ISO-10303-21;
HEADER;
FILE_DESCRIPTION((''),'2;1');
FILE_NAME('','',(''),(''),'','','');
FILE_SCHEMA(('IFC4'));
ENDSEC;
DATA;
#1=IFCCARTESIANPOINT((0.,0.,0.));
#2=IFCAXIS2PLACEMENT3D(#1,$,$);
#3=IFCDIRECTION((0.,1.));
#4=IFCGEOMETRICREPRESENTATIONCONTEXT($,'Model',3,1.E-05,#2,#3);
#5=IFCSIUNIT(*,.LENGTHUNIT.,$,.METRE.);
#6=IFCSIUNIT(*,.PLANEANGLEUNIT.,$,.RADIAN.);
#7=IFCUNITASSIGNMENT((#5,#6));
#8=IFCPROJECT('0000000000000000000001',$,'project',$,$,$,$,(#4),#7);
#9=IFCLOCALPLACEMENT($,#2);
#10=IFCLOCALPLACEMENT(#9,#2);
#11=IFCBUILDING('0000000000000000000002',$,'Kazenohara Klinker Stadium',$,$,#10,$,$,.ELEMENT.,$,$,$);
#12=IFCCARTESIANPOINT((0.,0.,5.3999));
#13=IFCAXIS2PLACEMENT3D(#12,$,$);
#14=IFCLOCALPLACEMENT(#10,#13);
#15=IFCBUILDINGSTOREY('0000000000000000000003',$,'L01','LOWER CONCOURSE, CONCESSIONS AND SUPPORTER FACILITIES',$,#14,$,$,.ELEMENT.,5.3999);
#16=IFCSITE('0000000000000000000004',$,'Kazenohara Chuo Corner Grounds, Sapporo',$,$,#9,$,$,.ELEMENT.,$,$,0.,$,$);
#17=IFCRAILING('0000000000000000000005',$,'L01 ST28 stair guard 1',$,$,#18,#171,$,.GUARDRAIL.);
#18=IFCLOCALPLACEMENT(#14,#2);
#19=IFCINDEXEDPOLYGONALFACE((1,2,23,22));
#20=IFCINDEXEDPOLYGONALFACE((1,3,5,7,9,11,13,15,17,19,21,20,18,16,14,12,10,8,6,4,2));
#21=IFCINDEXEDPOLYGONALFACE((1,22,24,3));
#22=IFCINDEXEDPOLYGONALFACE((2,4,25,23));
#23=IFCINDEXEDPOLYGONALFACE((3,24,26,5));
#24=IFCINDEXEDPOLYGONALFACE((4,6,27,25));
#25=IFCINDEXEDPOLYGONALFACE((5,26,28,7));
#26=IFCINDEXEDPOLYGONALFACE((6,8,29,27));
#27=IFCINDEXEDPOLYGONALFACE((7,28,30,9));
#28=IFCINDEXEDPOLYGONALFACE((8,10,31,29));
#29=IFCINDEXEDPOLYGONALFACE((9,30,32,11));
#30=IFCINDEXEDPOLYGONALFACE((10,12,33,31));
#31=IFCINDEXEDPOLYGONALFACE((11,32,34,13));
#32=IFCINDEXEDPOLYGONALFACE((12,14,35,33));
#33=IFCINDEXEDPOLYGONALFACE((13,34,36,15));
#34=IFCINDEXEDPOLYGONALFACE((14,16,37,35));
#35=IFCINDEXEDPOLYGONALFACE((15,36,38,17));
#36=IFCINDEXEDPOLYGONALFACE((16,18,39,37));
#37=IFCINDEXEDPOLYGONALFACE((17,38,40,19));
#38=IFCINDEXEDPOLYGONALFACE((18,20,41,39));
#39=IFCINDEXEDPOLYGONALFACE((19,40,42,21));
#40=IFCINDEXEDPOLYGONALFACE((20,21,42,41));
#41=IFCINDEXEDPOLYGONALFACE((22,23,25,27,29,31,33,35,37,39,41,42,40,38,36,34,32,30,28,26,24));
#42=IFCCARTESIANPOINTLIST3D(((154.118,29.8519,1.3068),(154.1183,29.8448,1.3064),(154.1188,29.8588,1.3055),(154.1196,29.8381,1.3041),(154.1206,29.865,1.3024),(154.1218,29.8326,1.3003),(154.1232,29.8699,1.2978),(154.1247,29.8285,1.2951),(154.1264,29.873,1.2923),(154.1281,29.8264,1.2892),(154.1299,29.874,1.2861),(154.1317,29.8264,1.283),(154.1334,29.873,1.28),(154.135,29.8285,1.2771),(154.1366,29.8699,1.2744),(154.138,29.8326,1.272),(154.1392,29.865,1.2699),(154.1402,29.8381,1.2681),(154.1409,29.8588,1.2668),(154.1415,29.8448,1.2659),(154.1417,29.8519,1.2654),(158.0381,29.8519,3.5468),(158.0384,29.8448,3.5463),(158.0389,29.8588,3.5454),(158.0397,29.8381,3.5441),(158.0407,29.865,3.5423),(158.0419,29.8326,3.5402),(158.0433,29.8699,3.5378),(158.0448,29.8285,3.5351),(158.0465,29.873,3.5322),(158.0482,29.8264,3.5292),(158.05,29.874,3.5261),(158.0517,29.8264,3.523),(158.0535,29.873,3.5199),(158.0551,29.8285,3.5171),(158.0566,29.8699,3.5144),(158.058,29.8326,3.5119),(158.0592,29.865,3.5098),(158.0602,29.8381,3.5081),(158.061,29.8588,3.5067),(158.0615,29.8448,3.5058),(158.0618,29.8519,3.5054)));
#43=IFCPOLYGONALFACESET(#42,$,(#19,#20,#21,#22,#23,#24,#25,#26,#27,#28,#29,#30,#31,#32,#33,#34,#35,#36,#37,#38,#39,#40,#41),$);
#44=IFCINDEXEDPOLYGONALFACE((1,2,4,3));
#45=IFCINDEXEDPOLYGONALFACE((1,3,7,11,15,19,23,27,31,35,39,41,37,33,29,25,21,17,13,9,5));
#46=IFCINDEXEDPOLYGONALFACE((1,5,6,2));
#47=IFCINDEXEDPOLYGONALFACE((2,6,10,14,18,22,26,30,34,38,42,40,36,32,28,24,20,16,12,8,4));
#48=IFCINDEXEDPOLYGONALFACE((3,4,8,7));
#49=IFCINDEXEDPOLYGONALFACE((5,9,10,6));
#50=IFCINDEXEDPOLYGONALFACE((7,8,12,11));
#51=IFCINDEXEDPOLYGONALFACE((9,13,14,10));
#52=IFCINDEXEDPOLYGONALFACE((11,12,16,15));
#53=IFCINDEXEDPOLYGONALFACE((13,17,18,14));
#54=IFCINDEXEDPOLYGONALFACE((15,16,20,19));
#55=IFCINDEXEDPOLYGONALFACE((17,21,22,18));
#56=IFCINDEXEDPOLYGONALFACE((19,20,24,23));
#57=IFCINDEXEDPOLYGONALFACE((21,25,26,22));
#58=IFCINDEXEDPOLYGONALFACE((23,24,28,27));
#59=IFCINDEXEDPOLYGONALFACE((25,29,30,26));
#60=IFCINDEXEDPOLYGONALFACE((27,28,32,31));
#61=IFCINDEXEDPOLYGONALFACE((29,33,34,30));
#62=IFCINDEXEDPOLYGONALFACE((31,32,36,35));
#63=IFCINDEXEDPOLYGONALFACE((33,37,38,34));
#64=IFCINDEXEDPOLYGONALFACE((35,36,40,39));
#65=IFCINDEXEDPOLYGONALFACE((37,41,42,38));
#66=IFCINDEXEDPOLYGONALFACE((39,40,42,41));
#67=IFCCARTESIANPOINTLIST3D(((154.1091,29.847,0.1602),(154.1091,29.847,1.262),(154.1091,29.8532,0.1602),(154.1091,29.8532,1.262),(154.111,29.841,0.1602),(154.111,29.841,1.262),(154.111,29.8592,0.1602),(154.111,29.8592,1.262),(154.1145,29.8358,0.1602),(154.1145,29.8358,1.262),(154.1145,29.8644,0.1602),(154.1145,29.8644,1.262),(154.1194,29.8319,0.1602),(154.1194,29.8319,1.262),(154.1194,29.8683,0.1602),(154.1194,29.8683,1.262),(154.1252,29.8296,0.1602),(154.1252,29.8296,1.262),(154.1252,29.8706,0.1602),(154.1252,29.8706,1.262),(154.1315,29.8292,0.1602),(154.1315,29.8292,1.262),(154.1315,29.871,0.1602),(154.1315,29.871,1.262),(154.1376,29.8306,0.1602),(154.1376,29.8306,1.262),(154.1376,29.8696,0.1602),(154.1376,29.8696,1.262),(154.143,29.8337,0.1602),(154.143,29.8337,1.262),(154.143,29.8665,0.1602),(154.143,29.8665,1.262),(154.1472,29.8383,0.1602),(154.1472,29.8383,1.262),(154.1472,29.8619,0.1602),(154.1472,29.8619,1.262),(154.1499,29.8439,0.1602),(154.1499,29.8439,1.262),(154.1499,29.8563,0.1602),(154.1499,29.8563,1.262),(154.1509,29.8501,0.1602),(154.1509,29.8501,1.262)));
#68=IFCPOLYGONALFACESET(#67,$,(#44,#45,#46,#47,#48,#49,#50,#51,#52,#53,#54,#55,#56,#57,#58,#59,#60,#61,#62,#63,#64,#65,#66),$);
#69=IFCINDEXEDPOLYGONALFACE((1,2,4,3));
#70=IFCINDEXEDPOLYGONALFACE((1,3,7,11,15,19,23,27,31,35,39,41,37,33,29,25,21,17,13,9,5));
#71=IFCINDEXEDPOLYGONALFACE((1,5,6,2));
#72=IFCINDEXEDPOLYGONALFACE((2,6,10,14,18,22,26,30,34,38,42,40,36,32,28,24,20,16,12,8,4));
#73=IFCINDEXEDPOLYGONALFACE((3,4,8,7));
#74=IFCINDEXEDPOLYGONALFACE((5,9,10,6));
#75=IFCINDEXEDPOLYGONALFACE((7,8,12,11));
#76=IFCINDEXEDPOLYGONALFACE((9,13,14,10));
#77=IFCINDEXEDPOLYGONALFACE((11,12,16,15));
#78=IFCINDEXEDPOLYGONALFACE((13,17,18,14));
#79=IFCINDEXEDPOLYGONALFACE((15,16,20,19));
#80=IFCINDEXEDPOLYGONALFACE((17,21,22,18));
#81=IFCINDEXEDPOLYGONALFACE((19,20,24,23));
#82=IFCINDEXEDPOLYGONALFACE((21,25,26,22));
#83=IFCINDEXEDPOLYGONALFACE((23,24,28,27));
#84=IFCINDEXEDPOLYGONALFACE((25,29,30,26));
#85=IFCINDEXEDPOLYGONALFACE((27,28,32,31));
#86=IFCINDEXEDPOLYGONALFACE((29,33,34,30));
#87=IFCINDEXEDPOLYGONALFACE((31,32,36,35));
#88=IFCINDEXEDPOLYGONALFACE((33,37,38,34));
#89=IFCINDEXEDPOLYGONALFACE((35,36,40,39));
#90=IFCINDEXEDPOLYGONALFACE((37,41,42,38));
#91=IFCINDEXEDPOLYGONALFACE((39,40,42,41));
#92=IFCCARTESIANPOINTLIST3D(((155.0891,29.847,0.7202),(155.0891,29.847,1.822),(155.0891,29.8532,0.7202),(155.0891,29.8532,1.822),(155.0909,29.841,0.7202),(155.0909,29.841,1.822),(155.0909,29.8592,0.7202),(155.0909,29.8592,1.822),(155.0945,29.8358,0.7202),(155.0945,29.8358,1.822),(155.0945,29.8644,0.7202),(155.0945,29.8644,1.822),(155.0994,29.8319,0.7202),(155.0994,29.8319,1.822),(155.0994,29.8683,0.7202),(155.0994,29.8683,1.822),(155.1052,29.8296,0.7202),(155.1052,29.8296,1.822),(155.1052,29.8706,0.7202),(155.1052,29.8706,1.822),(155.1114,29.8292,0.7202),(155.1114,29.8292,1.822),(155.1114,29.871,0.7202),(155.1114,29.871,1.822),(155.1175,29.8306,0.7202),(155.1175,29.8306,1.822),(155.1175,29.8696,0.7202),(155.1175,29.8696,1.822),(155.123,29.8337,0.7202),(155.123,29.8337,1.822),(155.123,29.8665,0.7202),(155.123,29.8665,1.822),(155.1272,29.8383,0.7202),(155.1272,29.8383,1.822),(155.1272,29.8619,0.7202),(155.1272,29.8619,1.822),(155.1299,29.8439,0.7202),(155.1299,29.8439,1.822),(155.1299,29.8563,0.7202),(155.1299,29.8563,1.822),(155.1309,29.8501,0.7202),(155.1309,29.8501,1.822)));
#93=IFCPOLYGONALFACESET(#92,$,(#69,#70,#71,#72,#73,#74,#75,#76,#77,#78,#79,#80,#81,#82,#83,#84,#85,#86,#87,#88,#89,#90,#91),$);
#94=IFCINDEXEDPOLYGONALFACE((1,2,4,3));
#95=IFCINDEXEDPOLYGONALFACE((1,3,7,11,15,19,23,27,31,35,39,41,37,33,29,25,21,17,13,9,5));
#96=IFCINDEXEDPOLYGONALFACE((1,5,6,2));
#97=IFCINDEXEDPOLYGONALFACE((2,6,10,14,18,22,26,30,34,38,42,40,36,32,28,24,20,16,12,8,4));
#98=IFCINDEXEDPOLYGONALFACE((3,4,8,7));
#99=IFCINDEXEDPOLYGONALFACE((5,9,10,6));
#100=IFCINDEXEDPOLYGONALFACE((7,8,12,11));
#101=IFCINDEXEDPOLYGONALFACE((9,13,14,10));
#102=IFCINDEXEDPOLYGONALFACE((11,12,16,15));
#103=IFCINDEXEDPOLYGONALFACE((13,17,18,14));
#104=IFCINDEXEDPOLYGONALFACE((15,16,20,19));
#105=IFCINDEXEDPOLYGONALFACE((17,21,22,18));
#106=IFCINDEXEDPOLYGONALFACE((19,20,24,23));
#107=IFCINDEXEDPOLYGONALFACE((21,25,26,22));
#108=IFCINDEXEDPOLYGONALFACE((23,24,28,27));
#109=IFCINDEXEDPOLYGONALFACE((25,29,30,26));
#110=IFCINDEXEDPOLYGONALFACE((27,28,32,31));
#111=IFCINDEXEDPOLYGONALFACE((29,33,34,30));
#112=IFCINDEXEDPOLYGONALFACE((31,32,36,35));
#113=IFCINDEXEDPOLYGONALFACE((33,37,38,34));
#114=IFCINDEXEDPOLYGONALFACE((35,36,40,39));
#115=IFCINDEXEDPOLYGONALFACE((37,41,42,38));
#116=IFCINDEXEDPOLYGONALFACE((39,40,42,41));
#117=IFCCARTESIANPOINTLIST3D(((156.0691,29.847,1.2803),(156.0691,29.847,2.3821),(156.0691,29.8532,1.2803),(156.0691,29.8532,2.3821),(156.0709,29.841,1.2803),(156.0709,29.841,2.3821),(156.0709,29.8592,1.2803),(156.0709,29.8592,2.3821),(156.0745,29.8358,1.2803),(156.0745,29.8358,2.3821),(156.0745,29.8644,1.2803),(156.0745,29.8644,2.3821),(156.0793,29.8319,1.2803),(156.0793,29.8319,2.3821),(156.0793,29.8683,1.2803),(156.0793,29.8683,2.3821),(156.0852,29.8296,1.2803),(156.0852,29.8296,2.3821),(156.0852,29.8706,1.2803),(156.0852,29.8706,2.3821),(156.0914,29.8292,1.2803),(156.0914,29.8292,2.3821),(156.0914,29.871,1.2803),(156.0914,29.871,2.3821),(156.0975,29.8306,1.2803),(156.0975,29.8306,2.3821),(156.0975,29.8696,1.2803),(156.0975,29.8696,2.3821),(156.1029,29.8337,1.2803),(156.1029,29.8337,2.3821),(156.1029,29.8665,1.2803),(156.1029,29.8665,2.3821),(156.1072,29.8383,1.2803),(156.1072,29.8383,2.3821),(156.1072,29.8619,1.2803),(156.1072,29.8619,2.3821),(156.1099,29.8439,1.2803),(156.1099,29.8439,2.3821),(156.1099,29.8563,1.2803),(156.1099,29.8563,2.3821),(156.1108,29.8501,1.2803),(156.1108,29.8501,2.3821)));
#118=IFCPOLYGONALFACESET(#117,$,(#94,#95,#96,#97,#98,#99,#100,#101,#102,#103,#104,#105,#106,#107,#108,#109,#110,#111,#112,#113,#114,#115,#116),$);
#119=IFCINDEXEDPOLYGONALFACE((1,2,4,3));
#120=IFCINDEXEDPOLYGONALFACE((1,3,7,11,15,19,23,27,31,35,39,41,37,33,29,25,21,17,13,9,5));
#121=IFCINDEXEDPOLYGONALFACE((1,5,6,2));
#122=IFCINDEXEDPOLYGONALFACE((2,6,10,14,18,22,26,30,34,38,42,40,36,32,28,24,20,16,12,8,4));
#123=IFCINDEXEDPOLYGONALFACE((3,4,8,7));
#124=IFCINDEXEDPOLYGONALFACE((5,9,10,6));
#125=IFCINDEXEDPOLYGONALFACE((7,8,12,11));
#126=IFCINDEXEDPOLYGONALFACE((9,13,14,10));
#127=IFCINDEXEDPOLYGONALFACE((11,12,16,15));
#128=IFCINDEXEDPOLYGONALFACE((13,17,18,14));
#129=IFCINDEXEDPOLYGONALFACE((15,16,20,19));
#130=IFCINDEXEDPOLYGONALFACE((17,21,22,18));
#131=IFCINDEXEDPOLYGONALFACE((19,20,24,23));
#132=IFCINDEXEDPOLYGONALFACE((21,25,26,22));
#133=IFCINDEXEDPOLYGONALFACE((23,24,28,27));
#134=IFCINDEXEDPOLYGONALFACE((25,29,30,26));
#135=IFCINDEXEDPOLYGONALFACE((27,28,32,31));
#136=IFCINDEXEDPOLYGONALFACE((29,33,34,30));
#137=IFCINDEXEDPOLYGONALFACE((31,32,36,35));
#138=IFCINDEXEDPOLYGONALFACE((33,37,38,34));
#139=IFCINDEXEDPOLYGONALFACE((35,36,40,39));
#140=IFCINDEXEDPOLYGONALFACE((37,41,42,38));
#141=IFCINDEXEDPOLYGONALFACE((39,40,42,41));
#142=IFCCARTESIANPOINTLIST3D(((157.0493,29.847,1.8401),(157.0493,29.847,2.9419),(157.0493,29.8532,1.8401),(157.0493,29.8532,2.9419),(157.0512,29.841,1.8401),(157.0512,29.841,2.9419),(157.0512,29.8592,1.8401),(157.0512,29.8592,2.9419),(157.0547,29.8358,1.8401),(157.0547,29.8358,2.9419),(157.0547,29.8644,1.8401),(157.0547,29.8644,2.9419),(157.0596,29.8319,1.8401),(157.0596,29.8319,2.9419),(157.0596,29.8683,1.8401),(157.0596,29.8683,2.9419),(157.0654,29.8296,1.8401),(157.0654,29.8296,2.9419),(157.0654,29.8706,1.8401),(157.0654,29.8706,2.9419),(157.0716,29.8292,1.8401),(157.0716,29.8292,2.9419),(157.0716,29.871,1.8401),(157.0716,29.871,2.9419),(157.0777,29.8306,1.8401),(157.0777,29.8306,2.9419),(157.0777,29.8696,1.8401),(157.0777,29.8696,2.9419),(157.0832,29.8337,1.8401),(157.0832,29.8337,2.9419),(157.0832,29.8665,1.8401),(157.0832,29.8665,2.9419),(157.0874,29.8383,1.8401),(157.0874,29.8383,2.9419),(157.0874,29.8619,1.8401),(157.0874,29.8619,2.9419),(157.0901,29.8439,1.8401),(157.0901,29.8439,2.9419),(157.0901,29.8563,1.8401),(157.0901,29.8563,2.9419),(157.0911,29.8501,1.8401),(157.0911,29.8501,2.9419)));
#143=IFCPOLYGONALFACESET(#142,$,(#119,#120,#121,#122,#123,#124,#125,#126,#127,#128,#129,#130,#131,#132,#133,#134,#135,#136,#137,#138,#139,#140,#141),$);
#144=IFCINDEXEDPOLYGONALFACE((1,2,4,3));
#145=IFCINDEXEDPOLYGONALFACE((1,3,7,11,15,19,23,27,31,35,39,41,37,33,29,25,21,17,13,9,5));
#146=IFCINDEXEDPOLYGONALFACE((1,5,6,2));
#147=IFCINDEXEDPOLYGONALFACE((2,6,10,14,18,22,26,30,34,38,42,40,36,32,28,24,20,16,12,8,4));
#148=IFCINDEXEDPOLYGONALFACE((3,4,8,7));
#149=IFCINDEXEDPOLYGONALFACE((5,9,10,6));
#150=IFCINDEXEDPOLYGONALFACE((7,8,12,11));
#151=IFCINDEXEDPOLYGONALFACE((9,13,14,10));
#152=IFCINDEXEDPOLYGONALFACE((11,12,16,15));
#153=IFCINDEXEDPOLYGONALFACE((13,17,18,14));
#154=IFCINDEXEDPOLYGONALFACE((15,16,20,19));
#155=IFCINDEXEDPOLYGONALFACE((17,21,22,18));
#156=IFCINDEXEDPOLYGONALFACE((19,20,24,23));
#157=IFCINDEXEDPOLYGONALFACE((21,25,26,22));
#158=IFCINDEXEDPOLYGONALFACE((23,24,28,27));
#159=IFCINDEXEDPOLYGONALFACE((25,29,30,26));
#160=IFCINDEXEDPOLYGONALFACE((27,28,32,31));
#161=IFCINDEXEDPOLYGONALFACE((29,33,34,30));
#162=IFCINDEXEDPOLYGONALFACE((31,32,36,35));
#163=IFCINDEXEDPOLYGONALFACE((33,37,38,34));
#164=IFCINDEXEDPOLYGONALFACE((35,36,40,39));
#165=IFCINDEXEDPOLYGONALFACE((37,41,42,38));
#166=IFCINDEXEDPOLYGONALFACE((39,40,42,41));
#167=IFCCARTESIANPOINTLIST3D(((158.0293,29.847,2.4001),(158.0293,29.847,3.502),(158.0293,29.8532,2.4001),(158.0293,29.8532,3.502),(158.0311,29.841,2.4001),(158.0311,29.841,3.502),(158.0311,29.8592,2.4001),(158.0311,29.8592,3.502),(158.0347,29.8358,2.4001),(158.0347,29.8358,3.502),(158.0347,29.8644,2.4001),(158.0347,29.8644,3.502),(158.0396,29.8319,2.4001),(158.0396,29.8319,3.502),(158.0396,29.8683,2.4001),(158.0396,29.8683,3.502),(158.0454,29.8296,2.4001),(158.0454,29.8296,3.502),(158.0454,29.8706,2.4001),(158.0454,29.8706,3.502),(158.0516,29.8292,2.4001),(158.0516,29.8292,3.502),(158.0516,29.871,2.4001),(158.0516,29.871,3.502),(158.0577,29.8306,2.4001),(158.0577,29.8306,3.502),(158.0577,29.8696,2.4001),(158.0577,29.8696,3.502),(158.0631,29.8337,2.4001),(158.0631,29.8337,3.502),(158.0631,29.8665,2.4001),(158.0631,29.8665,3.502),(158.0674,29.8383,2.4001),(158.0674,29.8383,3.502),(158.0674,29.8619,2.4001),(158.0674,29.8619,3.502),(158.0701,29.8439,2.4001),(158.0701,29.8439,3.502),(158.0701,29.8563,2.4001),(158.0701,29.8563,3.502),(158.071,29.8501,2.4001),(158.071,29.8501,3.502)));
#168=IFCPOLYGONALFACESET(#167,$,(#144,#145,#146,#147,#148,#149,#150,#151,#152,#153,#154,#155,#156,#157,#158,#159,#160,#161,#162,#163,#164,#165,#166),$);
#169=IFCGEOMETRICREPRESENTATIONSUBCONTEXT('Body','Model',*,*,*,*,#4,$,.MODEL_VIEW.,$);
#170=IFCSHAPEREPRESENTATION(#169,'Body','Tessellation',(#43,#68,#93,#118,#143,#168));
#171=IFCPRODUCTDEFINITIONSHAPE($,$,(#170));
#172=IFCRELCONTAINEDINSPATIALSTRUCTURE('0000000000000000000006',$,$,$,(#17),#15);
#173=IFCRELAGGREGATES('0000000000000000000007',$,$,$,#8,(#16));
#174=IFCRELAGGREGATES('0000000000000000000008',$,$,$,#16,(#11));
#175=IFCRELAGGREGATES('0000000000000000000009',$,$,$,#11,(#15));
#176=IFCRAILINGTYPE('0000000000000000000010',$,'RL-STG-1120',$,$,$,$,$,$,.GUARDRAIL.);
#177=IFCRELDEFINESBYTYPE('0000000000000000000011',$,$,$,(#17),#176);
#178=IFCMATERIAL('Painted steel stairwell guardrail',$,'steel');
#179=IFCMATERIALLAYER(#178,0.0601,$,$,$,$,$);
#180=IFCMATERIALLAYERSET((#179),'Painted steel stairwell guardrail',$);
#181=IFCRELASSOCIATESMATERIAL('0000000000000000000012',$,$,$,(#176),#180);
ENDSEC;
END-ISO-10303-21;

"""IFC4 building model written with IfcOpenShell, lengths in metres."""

from ifc_helpers import new_model, si_unit, direction, frame, origin, origin_2d, place, context, subcontext, project, spatial, circle, extrude, material, layer, layer_set, type_object, element, save


model = new_model("IFC4")

# Units and contexts
model_context = context("Model", 3, precision=1e-05, world=origin(), true_north=direction((0.0, 1.0)))
body_context = subcontext(model_context, "Body", "Model", "MODEL_VIEW")
ifc_project = project(units=[si_unit("LENGTHUNIT", "METRE"), si_unit("PLANEANGLEUNIT", "RADIAN")], contexts=[model_context])

# Site, building, storey
site_placement = place(None, origin())
site = spatial("IfcSite", under=ifc_project, at=site_placement, Name="Kazenohara Chuo Corner Grounds, Sapporo", CompositionType="ELEMENT", RefElevation=0.0)
building_placement = place(site_placement, origin())
building = spatial("IfcBuilding", under=site, at=building_placement, Name="Kazenohara Klinker Stadium", CompositionType="ELEMENT")
storey_placement = place(building_placement, frame((0.0, 0.0, 5.3999)))
storey = spatial("IfcBuildingStorey", under=building, at=storey_placement, Name="L01", Description="LOWER CONCOURSE, CONCESSIONS AND SUPPORTER FACILITIES", CompositionType="ELEMENT", Elevation=5.3999)

# Railing
ifc_material_1 = material(Name="Painted steel stairwell guardrail", Category="steel")
ifc_layer_1 = layer(ifc_material_1, 0.0601)
ifc_layer_set_1 = layer_set([ifc_layer_1], Name="Painted steel stairwell guardrail")
railing_type_1 = type_object("IfcRailingType", Name="RL-STG-1120", PredefinedType="GUARDRAIL", material=ifc_layer_set_1)
railing_1_placement = place(storey_placement, frame((154.1299, 29.8501, 0.1602)))
element("IfcRailing", 1, at=railing_1_placement, inside=storey, type_object=railing_type_1, Name="L01 ST28 stair guard 1", PredefinedType="GUARDRAIL", context=body_context, shape_type="SweptSolid", body=[
    extrude(circle(Radius=0.0239, at=origin_2d()), frame((0.0, 0.0, 1.126), z_axis=(0.868253, 0.0, 0.496121), x_axis=(0.0, 1.0, 0.0)), (0.0, 0.0, 1.0), 4.5149),
    extrude(circle(Radius=0.021, at=origin_2d()), origin(), (0.0, 0.0, 1.0), 1.1018),
    extrude(circle(Radius=0.021, at=origin_2d()), frame((0.98, 0.0, 0.5601)), (0.0, 0.0, 1.0), 1.1018),
    extrude(circle(Radius=0.021, at=origin_2d()), frame((1.96, 0.0, 1.1201)), (0.0, 0.0, 1.0), 1.1018),
    extrude(circle(Radius=0.021, at=origin_2d()), frame((2.9402, 0.0, 1.6799)), (0.0, 0.0, 1.0), 1.1018),
    extrude(circle(Radius=0.021, at=origin_2d()), frame((3.9202, 0.0, 2.24)), (0.0, 0.0, 1.0), 1.1018),
])

save(model, "model.ifc")
